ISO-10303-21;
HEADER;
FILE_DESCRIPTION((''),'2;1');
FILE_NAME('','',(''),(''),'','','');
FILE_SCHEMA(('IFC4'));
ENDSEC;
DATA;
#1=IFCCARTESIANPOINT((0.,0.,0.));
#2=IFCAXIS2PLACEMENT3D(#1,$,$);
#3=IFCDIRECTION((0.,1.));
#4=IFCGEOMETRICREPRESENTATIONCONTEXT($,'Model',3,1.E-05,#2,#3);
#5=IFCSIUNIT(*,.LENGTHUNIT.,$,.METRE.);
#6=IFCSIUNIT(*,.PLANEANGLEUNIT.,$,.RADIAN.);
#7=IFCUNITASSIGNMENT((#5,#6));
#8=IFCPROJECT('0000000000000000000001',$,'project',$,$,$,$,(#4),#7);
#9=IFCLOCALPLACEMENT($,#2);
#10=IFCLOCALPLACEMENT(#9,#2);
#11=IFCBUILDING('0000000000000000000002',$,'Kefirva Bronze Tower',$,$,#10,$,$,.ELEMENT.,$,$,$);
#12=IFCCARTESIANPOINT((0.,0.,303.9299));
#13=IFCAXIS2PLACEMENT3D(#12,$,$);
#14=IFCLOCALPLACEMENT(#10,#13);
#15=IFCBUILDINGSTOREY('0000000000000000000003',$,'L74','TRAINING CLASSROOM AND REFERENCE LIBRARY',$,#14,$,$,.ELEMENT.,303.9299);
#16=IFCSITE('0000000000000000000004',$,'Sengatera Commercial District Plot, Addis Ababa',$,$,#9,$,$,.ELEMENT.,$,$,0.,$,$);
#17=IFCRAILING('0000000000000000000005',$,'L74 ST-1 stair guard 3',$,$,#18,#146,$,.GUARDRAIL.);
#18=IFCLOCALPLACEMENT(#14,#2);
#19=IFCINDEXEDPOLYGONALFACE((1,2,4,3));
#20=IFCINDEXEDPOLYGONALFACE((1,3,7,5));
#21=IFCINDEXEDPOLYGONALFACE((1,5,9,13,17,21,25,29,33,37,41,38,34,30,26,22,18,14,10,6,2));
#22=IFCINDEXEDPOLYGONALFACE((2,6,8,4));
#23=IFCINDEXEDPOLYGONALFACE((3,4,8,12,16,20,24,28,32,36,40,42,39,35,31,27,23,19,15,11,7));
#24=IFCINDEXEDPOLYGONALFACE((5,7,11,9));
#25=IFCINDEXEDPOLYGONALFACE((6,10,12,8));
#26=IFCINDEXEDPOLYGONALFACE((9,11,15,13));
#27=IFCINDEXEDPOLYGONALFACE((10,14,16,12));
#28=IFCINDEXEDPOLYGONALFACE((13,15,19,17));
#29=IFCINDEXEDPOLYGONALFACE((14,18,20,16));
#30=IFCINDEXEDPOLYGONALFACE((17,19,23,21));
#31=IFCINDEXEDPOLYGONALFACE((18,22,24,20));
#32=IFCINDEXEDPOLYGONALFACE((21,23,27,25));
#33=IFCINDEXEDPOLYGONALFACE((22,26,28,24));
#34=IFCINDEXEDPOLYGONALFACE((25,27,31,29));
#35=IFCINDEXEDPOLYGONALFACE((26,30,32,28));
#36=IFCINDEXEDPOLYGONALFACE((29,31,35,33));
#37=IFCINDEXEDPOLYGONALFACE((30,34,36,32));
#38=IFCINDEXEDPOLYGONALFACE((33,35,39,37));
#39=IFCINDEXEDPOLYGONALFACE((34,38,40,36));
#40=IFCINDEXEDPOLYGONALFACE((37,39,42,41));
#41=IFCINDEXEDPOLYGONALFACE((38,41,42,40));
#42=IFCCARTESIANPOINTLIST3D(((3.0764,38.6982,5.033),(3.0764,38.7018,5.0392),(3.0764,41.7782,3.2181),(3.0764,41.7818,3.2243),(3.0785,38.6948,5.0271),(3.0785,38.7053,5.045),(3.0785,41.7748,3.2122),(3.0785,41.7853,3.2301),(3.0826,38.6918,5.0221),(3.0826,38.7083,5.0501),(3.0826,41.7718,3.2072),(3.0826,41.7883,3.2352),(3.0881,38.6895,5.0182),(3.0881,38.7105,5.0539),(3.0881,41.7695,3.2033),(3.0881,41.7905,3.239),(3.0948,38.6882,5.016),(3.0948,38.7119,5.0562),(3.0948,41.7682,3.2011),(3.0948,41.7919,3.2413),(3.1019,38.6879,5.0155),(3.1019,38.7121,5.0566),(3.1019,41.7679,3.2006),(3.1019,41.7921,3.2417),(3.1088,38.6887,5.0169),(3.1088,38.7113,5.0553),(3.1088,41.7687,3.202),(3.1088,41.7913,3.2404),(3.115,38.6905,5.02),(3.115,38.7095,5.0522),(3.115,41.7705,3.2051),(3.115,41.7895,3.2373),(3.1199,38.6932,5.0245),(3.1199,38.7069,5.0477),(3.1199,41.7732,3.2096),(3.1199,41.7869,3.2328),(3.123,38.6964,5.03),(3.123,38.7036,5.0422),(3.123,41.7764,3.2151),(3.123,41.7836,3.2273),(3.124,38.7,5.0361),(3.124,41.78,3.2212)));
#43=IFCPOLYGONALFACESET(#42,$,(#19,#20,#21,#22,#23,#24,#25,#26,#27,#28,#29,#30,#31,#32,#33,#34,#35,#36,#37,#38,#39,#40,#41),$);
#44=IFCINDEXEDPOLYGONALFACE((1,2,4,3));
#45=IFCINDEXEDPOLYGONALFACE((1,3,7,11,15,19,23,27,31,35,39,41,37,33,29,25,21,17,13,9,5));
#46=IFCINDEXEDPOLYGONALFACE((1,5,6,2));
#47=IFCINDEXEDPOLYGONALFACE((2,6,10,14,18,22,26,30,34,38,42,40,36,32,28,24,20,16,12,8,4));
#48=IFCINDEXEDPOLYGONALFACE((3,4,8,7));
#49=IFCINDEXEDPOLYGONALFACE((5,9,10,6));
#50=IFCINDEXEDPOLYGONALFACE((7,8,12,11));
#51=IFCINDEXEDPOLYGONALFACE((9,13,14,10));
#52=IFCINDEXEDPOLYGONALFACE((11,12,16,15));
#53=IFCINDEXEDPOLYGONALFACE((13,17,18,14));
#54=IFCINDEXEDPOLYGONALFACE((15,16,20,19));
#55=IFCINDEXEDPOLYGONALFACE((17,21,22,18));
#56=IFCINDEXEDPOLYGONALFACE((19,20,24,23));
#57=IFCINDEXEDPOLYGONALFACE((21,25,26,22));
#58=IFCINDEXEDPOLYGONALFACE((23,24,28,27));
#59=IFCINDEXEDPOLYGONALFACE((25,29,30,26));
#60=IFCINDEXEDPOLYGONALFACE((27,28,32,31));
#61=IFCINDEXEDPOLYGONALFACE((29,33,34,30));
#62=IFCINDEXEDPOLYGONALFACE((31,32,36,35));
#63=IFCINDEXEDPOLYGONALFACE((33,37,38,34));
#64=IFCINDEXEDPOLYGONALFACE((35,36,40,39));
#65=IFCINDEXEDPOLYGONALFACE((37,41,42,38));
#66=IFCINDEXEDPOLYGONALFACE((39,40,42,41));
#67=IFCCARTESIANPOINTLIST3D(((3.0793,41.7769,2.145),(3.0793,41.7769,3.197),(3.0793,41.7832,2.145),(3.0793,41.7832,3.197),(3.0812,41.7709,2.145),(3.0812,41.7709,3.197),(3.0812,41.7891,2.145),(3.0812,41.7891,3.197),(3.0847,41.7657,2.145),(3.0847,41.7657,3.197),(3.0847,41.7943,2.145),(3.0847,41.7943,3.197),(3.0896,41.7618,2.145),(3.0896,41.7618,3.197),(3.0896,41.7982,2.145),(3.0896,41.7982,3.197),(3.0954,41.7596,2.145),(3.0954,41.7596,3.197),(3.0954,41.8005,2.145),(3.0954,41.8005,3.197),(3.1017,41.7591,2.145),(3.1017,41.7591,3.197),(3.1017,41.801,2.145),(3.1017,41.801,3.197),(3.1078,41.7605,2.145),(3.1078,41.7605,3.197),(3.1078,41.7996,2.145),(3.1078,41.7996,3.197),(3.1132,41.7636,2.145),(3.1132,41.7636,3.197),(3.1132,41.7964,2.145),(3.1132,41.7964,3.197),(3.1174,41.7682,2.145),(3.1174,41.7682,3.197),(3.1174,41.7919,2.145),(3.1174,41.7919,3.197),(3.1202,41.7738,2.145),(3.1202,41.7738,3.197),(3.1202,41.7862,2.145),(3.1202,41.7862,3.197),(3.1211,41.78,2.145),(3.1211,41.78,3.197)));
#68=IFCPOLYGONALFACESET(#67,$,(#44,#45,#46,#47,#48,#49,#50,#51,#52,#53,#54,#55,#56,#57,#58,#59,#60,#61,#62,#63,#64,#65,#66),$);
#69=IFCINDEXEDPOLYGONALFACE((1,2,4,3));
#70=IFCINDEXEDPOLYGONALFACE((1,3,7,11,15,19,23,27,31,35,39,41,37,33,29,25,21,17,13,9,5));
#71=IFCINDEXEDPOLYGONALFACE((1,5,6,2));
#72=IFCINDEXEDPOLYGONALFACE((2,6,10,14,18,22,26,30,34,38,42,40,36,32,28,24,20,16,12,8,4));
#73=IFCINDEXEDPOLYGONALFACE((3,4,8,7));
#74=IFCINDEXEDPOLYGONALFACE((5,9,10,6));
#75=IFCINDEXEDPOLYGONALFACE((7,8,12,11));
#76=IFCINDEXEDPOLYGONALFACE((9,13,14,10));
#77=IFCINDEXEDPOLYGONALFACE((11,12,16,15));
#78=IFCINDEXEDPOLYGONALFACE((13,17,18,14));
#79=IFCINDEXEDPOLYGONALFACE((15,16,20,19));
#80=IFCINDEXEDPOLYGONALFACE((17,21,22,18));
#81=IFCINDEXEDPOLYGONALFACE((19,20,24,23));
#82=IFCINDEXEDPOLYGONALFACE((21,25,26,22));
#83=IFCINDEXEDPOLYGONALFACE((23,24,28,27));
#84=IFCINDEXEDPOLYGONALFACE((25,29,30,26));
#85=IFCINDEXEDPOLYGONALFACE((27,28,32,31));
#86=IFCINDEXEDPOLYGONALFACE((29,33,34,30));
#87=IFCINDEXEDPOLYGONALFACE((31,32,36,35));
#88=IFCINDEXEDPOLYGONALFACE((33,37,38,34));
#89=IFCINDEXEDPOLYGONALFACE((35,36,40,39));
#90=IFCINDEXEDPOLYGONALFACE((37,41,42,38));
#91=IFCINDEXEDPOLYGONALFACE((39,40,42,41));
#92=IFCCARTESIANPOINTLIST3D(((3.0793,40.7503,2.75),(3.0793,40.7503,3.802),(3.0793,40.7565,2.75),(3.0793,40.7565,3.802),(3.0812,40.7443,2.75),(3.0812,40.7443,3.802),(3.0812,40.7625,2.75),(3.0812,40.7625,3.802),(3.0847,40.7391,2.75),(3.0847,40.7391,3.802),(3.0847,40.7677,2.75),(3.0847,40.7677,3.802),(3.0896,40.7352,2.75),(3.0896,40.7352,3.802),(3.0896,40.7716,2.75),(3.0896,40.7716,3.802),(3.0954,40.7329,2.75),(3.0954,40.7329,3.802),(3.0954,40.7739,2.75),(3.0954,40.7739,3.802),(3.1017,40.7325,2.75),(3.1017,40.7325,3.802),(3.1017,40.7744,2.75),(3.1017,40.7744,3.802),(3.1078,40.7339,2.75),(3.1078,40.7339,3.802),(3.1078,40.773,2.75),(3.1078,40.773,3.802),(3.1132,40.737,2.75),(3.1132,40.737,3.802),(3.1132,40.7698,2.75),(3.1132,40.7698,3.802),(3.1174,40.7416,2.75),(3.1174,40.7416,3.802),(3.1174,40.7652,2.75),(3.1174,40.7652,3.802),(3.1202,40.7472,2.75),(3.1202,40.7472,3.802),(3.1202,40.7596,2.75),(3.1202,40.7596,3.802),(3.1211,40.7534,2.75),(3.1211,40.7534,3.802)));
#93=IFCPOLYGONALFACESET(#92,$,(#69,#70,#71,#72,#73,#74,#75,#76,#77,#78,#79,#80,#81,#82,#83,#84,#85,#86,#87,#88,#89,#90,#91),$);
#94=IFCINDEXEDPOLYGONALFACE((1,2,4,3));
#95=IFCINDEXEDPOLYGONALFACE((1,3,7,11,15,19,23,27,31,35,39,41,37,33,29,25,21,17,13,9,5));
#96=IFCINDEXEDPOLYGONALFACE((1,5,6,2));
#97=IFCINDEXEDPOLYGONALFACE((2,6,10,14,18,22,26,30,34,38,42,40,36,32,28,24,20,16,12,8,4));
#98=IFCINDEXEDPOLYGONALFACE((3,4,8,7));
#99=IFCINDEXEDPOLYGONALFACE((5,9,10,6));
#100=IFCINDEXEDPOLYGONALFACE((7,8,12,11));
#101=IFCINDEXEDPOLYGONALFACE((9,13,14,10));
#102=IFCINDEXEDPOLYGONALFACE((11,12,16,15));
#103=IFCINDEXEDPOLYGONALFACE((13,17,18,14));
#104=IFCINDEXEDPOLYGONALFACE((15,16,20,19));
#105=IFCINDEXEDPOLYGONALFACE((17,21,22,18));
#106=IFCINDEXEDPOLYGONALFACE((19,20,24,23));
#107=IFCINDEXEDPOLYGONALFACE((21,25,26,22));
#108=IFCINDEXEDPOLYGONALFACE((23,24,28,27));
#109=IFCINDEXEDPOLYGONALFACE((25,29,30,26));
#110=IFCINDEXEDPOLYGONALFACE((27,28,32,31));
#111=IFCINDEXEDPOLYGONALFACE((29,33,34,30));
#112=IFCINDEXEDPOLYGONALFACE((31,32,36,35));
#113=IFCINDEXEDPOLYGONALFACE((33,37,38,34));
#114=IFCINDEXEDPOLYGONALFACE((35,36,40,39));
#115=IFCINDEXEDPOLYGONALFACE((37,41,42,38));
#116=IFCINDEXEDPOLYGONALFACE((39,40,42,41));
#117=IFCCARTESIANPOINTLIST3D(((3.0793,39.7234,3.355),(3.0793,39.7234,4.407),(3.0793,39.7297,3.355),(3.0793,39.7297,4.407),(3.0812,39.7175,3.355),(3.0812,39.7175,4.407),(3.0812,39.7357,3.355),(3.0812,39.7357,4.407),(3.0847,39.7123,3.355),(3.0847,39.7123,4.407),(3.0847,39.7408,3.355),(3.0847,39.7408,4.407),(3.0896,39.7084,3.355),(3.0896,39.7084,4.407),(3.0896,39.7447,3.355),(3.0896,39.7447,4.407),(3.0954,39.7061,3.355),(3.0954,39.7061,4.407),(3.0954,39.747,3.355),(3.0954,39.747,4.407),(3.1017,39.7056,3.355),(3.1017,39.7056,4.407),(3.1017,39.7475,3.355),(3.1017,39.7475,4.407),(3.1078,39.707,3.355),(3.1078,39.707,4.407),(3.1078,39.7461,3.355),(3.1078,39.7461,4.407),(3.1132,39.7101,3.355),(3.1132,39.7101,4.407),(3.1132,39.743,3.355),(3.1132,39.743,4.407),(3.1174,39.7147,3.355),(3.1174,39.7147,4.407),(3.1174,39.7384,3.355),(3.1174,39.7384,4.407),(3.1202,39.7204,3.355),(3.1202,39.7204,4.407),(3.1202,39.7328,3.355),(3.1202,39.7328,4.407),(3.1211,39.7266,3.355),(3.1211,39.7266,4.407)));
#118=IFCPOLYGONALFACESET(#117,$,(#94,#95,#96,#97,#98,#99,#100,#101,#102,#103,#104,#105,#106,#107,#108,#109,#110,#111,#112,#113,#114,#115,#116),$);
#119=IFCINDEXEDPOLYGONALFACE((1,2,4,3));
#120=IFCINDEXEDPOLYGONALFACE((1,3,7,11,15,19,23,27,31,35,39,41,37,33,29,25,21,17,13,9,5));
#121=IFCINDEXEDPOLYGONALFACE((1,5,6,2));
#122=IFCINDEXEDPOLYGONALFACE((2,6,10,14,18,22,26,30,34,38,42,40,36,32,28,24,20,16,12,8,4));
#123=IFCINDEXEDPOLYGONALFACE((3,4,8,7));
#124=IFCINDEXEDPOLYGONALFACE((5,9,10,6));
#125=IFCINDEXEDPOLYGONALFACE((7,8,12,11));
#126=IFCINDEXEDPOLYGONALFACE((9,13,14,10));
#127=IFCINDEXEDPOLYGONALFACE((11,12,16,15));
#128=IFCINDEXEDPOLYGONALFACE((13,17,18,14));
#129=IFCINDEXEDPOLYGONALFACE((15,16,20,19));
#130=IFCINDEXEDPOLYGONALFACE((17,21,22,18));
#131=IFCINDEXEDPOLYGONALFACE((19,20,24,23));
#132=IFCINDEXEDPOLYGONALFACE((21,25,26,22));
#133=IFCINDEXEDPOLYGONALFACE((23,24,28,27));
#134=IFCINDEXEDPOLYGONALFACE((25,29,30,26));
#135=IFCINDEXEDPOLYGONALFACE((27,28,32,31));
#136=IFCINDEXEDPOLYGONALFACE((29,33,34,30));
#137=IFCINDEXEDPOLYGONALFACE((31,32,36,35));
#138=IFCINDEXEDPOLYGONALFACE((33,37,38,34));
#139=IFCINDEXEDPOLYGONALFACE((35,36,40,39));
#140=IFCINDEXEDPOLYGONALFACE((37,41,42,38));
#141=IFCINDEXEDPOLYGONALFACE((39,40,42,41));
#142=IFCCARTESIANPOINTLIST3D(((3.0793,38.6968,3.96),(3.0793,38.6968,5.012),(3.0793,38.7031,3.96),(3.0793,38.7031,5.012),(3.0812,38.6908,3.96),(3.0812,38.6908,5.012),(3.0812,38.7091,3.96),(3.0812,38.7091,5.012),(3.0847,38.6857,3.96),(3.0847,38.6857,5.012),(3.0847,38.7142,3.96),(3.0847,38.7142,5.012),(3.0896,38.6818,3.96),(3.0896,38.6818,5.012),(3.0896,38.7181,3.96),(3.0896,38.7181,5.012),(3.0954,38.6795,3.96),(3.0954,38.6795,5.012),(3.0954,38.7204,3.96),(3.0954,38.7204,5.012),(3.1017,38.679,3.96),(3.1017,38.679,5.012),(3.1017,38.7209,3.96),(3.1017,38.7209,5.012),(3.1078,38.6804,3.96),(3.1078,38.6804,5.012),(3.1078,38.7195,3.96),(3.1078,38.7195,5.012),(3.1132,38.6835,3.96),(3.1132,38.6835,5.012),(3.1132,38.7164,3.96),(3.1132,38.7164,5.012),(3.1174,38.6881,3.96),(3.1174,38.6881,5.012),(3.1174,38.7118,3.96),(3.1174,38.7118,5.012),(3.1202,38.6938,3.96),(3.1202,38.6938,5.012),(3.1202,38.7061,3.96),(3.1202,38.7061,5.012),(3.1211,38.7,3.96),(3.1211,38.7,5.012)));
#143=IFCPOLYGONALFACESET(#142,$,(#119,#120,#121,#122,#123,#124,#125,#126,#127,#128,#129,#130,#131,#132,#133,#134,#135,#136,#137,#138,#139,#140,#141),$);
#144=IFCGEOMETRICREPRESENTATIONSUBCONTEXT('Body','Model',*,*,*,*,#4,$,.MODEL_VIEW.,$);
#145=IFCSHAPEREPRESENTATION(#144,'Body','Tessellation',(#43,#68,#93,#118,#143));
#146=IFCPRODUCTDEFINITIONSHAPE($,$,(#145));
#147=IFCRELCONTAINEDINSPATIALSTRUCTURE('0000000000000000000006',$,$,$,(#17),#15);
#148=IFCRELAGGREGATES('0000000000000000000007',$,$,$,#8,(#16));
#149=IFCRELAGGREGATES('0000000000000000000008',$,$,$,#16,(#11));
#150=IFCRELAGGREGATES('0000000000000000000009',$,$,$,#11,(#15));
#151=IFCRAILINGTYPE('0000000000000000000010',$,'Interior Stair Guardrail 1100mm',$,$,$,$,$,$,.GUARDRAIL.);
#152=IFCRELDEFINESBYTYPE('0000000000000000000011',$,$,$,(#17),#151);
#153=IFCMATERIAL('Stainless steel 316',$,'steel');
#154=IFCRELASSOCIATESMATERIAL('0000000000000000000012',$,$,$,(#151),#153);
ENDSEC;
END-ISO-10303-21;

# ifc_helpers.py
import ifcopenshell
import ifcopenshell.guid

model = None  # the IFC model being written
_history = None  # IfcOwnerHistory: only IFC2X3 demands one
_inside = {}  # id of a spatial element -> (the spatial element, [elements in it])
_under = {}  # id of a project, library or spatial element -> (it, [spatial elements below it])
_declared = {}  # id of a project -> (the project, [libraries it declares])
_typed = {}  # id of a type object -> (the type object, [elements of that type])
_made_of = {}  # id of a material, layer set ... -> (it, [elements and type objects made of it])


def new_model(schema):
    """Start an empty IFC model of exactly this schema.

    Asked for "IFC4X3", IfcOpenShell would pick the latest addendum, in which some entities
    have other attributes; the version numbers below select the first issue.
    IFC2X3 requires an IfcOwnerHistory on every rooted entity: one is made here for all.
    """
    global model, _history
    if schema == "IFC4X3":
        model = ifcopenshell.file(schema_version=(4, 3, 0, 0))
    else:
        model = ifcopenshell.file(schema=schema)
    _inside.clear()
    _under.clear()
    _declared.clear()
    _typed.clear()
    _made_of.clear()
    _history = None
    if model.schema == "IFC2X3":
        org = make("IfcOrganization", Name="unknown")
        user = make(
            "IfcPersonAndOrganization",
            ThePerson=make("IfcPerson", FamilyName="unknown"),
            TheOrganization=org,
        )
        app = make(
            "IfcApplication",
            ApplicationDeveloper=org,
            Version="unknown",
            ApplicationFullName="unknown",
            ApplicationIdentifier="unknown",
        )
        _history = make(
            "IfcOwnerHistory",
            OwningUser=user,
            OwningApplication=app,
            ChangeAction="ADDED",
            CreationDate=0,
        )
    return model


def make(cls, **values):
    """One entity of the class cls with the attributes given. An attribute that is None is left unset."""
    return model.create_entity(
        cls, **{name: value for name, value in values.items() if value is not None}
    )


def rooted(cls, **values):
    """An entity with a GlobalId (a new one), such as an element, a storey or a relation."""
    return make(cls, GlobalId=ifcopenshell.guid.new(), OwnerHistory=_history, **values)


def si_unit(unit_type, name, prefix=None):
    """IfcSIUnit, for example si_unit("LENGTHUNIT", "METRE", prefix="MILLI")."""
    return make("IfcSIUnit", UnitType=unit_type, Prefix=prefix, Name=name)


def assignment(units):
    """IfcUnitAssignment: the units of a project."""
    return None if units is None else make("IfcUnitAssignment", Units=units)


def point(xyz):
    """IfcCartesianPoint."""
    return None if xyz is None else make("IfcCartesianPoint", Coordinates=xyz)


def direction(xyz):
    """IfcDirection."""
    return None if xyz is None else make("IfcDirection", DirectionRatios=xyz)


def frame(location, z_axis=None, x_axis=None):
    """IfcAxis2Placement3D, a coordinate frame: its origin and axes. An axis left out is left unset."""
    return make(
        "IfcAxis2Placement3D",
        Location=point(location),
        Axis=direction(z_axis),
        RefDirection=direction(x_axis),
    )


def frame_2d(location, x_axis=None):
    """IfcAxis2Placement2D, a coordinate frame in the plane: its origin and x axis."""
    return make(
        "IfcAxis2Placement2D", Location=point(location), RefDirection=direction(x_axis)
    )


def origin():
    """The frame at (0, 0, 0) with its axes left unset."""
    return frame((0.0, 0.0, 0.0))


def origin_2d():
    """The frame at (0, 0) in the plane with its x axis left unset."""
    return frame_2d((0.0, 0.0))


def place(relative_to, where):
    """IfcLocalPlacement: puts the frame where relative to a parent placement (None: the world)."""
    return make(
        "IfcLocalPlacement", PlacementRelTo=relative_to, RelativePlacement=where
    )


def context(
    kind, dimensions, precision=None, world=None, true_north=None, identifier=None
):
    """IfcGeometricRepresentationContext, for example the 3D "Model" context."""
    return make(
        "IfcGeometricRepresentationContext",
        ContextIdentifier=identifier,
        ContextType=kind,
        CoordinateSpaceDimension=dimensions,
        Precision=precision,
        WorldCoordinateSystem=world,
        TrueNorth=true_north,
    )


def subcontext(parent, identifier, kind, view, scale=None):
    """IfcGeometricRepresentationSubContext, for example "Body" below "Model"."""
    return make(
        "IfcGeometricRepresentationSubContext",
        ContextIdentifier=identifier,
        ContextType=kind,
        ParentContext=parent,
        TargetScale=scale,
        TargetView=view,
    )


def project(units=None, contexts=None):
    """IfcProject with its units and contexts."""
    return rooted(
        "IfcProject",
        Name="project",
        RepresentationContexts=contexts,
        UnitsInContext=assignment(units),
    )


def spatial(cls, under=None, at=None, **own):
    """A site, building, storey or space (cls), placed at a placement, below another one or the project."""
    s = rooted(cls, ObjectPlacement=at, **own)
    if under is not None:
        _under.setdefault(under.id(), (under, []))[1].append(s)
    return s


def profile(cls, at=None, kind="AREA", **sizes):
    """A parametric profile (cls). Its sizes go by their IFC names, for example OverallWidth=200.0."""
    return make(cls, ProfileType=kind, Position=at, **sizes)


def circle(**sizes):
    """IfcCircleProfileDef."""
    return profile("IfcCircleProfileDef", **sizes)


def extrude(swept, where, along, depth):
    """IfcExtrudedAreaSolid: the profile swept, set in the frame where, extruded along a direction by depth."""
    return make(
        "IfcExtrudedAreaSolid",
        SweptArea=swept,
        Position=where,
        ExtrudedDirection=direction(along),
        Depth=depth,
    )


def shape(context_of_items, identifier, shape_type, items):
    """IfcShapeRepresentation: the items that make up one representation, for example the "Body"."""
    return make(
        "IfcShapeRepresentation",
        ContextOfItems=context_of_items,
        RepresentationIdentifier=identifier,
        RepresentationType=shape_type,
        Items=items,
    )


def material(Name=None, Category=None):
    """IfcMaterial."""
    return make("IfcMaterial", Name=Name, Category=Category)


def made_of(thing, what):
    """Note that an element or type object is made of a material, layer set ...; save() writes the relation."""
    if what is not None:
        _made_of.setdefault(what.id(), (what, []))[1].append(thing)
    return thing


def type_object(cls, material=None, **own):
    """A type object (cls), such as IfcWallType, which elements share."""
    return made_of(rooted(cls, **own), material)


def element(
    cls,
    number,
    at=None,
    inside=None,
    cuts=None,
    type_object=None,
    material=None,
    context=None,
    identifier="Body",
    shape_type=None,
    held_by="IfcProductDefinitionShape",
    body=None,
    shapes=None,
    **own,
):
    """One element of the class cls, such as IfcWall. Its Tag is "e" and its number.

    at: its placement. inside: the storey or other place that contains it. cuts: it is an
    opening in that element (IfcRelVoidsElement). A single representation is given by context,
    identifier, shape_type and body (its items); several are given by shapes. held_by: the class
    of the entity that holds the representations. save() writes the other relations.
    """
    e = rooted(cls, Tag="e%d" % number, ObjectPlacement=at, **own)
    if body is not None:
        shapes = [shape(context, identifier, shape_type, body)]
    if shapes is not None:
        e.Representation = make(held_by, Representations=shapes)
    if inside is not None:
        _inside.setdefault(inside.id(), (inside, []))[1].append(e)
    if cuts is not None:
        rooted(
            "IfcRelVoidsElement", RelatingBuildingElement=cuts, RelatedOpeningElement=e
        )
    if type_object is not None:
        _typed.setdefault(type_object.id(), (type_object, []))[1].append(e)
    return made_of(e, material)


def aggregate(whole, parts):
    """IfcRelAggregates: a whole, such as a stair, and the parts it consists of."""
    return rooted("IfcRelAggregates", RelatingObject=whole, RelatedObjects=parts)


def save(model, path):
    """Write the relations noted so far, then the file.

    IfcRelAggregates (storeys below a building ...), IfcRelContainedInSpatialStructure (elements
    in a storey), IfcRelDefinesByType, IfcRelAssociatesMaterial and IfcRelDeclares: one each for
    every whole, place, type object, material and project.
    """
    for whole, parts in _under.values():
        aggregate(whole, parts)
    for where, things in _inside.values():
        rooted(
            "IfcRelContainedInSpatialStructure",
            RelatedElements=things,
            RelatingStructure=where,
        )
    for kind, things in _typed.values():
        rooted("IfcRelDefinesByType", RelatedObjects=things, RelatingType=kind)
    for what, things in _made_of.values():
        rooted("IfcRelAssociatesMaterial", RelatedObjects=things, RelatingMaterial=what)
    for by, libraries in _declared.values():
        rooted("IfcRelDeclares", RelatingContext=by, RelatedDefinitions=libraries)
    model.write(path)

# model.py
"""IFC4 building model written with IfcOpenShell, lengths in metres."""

from ifc_helpers import new_model, si_unit, direction, frame, origin, origin_2d, place, context, subcontext, project, spatial, circle, extrude, material, type_object, element, save


model = new_model("IFC4")

# Units and contexts
model_context = context("Model", 3, precision=1e-05, world=origin(), true_north=direction((0.0, 1.0)))
body_context = subcontext(model_context, "Body", "Model", "MODEL_VIEW")
ifc_project = project(units=[si_unit("LENGTHUNIT", "METRE"), si_unit("PLANEANGLEUNIT", "RADIAN")], contexts=[model_context])

# Site, building, storey
site_placement = place(None, origin())
site = spatial("IfcSite", under=ifc_project, at=site_placement, Name="Sengatera Commercial District Plot, Addis Ababa", CompositionType="ELEMENT", RefElevation=0.0)
building_placement = place(site_placement, origin())
building = spatial("IfcBuilding", under=site, at=building_placement, Name="Kefirva Bronze Tower", CompositionType="ELEMENT")
storey_placement = place(building_placement, frame((0.0, 0.0, 303.9299)))
storey = spatial("IfcBuildingStorey", under=building, at=storey_placement, Name="L74", Description="TRAINING CLASSROOM AND REFERENCE LIBRARY", CompositionType="ELEMENT", Elevation=303.9299)

# Railing
ifc_material_1 = material(Name="Stainless steel 316", Category="steel")
railing_type_1 = type_object("IfcRailingType", Name="Interior Stair Guardrail 1100mm", PredefinedType="GUARDRAIL", material=ifc_material_1)
railing_1_placement = place(storey_placement, frame((3.1001, 41.78, 2.145)))
element("IfcRailing", 1, at=railing_1_placement, inside=storey, type_object=railing_type_1, Name="L74 ST-1 stair guard 3", PredefinedType="GUARDRAIL", context=body_context, shape_type="SweptSolid", body=[
    extrude(circle(Radius=0.0239, at=origin_2d()), frame((0.0, 0.0, 1.0762), z_axis=(0.0, -0.861551, 0.507671), x_axis=(1.0, 0.0, 0.0)), (0.0, 0.0, 1.0), 3.575),
    extrude(circle(Radius=0.021, at=origin_2d()), origin(), (0.0, 0.0, 1.0), 1.052),
    extrude(circle(Radius=0.021, at=origin_2d()), frame((0.0, -1.0266, 0.605)), (0.0, 0.0, 1.0), 1.052),
    extrude(circle(Radius=0.021, at=origin_2d()), frame((0.0, -2.0535, 1.21)), (0.0, 0.0, 1.0), 1.052),
    extrude(circle(Radius=0.021, at=origin_2d()), frame((0.0, -3.0801, 1.8149)), (0.0, 0.0, 1.0), 1.052),
])

save(model, "model.ifc")
